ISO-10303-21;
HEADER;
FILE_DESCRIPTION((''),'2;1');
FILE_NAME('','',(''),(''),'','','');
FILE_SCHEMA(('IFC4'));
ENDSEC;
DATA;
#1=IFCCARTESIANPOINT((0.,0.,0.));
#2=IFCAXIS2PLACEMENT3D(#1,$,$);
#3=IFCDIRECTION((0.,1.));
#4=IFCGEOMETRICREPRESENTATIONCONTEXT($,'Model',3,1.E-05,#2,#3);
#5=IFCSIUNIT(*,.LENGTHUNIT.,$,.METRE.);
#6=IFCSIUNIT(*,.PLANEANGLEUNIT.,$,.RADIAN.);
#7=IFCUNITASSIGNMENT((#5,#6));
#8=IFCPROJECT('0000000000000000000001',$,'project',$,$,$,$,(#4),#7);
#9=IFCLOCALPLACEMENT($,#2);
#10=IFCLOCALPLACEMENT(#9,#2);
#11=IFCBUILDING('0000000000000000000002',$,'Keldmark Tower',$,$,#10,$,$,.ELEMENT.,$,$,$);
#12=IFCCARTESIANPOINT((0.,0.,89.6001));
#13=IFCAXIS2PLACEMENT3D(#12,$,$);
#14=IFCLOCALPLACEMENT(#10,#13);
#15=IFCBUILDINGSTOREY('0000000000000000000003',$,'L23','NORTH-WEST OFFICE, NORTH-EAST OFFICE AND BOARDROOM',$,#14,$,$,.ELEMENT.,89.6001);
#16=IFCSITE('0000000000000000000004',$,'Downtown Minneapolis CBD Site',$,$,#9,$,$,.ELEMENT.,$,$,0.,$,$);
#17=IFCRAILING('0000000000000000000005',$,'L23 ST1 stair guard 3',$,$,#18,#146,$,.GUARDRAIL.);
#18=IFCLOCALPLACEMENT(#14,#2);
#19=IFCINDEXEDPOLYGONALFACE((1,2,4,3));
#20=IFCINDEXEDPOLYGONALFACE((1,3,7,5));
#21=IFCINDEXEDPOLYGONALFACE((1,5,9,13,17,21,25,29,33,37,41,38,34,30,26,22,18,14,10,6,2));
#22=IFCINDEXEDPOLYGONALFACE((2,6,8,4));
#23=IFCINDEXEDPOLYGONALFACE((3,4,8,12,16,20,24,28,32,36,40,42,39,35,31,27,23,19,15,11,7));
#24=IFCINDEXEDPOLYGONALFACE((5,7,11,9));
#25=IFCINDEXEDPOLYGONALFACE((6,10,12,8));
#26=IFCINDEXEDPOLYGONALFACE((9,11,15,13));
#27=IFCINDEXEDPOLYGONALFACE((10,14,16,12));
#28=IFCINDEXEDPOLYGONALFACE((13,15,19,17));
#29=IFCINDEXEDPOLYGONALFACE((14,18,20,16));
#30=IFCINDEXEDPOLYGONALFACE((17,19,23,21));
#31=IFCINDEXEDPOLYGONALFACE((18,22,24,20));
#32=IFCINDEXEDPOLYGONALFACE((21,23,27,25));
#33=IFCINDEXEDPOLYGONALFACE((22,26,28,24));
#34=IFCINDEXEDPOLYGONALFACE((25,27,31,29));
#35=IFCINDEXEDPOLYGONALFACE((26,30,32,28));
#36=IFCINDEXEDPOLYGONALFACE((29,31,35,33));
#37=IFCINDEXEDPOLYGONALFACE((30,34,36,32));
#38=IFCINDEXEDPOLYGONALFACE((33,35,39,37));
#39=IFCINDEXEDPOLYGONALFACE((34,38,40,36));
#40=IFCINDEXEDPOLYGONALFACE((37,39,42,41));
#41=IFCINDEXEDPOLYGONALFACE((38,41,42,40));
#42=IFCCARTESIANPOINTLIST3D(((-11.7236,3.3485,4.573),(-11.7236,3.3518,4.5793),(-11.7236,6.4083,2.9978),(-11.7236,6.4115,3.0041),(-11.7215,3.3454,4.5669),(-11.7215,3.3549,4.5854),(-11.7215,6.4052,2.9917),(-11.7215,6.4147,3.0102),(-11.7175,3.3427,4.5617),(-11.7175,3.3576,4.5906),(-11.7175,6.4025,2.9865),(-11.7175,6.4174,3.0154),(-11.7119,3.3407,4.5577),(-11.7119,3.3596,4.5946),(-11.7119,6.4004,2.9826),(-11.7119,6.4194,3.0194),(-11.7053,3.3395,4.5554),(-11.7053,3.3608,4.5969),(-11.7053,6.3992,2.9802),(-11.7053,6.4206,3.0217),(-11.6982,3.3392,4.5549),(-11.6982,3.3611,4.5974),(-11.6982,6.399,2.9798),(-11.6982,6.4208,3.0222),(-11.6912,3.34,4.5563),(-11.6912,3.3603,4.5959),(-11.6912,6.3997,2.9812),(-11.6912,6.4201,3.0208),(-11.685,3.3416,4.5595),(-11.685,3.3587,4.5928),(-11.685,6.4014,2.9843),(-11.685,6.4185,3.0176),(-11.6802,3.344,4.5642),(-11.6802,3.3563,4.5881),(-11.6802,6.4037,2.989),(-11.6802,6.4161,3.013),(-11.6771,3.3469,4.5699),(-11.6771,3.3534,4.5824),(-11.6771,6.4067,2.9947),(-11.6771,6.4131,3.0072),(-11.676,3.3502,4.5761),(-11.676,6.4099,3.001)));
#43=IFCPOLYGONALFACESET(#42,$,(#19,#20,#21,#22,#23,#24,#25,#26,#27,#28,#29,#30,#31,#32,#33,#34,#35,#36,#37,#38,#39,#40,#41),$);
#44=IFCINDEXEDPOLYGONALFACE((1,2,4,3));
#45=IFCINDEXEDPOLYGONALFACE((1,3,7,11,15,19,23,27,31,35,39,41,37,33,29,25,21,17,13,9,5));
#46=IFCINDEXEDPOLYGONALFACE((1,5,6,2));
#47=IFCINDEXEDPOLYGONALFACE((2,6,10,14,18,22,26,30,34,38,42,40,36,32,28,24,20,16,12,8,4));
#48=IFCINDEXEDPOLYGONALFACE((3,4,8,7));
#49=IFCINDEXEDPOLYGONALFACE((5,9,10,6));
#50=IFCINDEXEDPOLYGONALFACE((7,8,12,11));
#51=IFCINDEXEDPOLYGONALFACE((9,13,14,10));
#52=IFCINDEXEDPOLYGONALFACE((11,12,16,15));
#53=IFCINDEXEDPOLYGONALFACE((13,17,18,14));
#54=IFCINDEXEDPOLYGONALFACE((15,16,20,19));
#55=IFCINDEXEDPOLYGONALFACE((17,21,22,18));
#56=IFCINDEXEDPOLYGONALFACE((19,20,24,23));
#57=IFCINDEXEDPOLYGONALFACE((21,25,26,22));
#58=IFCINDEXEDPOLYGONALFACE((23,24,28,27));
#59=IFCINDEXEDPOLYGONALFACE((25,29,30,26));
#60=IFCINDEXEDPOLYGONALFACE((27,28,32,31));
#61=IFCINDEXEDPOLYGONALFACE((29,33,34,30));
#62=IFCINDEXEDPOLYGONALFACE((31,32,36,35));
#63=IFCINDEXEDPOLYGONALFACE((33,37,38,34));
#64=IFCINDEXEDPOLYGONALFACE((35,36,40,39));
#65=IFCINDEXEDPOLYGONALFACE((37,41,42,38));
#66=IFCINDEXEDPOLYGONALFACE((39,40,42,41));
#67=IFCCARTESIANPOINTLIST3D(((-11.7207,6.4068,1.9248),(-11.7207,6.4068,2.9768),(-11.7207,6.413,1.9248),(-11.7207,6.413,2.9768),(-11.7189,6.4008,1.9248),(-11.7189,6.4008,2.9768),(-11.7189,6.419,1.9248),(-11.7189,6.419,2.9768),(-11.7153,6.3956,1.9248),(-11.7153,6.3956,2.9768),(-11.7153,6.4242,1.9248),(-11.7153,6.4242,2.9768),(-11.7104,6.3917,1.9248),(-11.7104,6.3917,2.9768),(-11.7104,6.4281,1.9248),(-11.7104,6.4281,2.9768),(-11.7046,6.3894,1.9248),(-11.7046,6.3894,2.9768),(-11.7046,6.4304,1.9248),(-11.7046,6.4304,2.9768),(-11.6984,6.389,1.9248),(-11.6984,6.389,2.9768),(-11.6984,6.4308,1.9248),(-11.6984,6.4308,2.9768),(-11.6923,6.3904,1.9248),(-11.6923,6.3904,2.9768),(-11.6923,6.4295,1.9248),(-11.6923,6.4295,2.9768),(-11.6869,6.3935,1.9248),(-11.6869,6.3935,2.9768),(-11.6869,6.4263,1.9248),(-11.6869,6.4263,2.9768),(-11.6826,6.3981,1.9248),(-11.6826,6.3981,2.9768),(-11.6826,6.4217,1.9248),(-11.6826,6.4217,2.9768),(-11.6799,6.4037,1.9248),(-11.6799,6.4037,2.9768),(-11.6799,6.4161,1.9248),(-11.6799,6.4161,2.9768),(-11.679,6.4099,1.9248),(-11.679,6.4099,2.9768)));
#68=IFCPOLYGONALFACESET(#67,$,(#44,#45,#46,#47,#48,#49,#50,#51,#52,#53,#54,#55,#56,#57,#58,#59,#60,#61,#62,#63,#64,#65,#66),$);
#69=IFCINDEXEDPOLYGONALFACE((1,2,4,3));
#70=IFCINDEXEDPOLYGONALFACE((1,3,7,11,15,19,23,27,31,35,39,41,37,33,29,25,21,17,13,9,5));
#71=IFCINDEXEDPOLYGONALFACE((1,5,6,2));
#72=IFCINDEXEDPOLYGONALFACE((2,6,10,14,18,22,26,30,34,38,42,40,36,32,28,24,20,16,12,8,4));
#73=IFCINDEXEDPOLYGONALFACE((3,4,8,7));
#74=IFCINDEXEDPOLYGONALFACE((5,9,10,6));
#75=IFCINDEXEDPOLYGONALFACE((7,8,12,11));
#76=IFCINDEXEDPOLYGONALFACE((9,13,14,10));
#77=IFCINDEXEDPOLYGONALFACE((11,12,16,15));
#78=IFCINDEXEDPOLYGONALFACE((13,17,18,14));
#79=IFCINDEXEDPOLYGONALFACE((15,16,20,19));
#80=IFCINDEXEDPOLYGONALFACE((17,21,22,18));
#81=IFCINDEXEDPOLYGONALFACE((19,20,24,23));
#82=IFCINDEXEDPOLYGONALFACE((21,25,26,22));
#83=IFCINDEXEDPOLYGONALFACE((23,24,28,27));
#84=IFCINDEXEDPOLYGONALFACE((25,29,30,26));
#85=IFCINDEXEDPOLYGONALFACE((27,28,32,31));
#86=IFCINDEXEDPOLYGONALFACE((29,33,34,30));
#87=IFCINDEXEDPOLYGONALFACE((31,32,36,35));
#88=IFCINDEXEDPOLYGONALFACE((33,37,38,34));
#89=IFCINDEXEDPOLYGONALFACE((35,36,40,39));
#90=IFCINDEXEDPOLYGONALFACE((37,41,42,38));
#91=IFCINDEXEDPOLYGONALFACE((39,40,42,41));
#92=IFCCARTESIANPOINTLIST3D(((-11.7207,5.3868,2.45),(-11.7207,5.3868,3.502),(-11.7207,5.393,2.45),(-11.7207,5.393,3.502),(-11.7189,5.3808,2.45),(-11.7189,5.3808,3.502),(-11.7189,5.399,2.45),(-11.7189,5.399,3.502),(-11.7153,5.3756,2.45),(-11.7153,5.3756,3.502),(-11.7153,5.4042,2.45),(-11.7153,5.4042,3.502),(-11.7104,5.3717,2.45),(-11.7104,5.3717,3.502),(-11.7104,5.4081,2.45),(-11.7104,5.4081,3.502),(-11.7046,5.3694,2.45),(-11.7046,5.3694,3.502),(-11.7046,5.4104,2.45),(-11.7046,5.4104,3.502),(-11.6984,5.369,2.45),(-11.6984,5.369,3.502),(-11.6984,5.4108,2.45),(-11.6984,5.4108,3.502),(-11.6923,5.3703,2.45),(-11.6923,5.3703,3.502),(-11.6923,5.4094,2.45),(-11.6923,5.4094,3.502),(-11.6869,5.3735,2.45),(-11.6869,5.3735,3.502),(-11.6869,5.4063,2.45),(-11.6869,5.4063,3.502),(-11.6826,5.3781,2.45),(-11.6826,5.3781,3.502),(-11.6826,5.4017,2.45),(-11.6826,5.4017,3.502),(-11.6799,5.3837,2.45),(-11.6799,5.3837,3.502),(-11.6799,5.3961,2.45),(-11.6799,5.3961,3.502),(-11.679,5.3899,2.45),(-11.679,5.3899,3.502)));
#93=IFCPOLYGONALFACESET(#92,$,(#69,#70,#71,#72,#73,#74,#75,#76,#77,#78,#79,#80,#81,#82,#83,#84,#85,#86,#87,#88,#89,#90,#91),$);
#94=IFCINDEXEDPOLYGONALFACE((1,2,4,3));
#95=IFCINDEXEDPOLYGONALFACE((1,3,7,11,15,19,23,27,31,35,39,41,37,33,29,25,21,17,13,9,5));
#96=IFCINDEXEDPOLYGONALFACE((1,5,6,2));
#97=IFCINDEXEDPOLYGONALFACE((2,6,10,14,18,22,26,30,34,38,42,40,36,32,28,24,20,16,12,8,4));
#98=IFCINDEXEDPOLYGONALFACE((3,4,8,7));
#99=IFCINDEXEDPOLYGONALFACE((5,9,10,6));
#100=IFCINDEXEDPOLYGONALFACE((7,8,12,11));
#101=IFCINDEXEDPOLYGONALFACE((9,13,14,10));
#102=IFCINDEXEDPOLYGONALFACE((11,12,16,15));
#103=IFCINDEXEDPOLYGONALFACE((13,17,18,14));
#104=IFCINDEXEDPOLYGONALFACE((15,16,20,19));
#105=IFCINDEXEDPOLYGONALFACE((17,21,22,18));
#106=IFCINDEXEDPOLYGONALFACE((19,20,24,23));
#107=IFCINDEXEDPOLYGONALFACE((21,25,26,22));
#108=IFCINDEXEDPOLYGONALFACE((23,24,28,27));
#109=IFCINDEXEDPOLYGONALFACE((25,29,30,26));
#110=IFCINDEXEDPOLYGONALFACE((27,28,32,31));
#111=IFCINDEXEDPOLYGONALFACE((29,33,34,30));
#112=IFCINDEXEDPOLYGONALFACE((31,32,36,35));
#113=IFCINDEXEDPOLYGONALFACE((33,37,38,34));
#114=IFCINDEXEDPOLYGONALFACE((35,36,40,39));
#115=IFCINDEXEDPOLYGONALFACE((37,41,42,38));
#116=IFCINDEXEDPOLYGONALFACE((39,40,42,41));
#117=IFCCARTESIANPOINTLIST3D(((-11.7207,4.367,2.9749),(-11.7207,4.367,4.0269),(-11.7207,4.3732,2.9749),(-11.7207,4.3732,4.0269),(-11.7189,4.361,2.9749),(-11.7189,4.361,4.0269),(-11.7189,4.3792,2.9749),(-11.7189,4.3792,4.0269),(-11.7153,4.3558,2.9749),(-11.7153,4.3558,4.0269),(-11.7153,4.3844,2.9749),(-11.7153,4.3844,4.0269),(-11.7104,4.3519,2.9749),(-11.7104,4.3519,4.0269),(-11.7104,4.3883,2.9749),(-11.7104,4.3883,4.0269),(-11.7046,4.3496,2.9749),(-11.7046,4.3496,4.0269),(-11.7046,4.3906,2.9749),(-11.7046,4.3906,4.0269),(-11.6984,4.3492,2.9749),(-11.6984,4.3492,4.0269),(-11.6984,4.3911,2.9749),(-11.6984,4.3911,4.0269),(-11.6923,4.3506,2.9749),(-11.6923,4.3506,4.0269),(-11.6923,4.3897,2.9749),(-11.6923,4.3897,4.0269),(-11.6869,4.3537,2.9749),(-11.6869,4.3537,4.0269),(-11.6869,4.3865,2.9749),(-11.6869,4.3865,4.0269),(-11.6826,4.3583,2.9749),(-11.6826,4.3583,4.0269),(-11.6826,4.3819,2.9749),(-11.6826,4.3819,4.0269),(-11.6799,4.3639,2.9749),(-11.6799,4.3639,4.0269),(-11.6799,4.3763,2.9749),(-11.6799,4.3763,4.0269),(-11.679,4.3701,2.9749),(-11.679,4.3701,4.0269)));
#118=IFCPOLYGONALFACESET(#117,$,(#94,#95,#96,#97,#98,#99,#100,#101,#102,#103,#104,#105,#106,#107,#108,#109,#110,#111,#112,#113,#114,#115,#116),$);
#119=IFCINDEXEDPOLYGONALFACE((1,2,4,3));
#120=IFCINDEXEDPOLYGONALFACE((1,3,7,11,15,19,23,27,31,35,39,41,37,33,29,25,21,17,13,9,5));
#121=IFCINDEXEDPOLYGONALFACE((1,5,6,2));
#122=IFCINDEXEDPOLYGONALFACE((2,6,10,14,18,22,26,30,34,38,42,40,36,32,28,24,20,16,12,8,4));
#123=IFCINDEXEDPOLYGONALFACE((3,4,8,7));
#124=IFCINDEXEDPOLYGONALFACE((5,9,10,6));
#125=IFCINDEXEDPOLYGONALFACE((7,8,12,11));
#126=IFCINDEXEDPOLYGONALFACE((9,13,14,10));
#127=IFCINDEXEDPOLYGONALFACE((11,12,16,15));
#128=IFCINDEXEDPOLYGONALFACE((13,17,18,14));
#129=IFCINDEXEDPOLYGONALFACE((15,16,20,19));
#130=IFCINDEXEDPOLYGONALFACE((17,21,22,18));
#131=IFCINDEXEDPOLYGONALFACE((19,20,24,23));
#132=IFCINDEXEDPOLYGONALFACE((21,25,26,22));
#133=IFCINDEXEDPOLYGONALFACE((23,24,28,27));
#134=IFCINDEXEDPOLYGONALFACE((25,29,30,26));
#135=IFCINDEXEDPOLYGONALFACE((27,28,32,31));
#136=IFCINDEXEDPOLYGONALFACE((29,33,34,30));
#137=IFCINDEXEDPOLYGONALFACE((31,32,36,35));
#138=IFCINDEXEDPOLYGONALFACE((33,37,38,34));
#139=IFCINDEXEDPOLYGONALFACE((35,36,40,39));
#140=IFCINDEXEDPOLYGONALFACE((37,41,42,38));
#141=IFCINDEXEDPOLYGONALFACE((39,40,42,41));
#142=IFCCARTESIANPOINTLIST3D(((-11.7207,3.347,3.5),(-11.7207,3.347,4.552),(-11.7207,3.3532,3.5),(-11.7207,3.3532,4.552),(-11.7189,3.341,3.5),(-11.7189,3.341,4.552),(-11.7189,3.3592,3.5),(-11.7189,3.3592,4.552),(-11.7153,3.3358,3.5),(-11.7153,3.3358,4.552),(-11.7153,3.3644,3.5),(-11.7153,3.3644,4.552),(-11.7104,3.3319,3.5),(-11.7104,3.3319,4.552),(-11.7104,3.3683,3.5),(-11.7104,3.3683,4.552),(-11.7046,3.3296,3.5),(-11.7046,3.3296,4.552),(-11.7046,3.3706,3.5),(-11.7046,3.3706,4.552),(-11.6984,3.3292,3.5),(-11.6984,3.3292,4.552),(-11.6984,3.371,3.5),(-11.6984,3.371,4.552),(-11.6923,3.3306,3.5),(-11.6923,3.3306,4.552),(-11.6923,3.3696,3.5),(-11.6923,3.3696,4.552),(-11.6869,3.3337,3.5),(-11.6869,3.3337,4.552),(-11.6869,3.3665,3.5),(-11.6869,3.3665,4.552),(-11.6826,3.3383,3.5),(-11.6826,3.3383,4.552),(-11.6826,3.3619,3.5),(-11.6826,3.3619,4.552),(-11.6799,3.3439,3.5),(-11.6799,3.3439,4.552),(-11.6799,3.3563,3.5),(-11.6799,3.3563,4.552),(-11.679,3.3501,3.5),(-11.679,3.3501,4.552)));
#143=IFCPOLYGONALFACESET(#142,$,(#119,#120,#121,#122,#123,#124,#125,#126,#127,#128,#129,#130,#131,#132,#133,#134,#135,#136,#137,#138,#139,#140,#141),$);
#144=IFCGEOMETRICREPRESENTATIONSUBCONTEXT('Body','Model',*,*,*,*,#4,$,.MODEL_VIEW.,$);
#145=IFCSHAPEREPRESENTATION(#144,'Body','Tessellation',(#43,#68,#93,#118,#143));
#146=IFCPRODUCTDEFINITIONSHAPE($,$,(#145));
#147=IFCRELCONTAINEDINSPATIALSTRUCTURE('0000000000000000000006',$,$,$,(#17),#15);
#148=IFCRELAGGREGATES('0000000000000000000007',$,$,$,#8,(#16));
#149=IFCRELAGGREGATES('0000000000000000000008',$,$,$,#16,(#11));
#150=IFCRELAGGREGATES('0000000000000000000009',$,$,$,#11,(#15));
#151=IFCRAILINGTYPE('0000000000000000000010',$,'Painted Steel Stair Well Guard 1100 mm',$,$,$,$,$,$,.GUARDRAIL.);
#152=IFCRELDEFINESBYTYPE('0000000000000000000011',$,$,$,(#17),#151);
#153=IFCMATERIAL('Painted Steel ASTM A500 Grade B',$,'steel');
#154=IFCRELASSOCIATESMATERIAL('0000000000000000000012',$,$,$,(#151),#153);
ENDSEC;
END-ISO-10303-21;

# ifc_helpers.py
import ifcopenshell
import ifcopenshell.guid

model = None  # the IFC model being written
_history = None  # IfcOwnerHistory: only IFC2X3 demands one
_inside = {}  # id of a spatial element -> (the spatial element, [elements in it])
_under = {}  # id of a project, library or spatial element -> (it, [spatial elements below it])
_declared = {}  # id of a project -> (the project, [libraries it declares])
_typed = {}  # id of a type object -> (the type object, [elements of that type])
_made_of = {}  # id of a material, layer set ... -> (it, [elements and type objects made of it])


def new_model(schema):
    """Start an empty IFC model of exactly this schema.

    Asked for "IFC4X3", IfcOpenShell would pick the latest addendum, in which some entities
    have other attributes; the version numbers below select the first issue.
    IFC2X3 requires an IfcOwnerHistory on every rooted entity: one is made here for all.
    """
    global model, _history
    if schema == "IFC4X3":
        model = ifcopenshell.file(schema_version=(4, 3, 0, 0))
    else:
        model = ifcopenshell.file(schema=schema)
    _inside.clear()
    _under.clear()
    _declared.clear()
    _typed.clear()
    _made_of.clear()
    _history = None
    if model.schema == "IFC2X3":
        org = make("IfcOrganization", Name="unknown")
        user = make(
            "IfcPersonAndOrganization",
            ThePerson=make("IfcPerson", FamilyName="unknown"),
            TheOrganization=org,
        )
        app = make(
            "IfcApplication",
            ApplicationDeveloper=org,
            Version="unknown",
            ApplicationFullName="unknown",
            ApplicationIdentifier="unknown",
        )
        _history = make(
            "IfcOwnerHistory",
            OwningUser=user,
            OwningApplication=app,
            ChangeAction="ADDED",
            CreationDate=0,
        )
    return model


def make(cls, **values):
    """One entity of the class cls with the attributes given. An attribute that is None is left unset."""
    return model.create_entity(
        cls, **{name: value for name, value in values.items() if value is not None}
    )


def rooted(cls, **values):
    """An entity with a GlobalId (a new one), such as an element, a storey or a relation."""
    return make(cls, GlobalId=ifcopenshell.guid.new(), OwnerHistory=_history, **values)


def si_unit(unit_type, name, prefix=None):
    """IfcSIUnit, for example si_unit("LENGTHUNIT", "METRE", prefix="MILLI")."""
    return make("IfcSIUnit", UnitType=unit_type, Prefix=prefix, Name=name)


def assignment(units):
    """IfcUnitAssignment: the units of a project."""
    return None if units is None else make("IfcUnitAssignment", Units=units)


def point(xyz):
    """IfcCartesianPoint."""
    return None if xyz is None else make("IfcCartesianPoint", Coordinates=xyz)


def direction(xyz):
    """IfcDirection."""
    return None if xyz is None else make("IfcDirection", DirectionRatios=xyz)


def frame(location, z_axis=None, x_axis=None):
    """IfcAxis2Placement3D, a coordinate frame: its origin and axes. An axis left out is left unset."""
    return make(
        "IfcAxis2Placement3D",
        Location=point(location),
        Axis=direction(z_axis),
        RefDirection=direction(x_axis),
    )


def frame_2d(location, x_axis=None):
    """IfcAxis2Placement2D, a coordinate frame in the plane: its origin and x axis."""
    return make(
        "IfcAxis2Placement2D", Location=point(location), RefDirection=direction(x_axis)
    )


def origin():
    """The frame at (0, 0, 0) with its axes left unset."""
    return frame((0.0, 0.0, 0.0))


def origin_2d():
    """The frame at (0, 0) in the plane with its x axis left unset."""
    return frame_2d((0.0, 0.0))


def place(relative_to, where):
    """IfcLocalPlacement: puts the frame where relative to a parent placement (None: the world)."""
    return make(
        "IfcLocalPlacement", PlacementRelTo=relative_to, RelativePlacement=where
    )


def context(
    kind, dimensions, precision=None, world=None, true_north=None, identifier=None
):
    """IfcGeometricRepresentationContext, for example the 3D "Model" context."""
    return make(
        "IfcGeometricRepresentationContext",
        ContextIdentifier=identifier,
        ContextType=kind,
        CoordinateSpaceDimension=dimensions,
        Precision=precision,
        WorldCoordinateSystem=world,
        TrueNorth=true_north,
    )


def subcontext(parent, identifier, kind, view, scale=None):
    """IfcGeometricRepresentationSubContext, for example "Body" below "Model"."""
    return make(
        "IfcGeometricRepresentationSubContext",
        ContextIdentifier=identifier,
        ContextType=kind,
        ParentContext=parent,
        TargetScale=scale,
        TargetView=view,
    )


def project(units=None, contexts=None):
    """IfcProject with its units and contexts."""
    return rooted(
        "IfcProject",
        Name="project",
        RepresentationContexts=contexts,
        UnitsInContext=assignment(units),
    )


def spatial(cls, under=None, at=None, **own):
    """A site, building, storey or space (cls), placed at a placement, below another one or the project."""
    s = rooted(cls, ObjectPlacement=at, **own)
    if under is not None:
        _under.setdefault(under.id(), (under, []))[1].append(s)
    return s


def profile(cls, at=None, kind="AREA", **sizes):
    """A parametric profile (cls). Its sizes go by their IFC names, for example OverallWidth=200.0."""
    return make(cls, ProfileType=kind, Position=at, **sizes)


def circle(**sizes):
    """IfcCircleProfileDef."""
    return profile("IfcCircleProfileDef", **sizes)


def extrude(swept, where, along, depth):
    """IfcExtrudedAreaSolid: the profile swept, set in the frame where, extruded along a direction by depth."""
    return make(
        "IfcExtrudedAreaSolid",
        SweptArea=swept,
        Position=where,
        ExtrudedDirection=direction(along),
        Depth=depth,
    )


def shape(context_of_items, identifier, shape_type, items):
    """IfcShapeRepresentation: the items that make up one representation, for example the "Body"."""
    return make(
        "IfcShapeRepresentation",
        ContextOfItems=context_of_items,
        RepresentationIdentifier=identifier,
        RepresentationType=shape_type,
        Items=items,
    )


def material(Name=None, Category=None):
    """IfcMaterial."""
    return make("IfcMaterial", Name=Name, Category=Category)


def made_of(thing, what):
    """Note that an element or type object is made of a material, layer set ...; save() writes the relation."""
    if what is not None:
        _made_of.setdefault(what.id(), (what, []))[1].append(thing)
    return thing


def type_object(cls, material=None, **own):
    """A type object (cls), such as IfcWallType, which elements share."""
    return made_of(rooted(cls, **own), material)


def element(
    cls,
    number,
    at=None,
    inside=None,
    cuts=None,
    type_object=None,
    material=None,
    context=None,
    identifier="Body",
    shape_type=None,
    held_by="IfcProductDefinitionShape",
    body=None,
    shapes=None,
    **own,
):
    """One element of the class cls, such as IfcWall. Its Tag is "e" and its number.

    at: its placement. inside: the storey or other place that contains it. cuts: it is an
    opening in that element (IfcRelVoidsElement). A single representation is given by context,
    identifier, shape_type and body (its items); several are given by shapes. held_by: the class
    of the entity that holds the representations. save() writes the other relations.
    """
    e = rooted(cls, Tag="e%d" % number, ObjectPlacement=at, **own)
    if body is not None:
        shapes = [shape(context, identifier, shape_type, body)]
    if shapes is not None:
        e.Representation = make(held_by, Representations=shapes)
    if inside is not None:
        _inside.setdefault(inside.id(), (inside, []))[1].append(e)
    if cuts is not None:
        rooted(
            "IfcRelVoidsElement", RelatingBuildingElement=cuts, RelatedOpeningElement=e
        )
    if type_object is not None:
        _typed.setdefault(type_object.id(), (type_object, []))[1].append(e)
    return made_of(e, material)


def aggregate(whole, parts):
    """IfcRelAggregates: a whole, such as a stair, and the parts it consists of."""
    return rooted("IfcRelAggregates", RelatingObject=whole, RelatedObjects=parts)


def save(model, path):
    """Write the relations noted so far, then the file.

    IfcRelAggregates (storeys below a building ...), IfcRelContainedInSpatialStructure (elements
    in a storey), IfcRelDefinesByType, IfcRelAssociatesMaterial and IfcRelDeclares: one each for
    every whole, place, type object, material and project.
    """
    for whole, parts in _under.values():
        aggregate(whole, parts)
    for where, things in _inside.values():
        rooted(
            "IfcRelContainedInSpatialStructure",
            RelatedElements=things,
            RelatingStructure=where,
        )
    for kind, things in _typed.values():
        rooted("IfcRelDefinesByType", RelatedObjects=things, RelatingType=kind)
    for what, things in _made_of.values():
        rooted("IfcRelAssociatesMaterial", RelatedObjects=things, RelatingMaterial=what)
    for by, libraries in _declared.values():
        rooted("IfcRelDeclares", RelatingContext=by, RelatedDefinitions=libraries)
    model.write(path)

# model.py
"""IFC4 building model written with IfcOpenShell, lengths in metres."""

from ifc_helpers import new_model, si_unit, direction, frame, origin, origin_2d, place, context, subcontext, project, spatial, circle, extrude, material, type_object, element, save


model = new_model("IFC4")

# Units and contexts
model_context = context("Model", 3, precision=1e-05, world=origin(), true_north=direction((0.0, 1.0)))
body_context = subcontext(model_context, "Body", "Model", "MODEL_VIEW")
ifc_project = project(units=[si_unit("LENGTHUNIT", "METRE"), si_unit("PLANEANGLEUNIT", "RADIAN")], contexts=[model_context])

# Site, building, storey
site_placement = place(None, origin())
site = spatial("IfcSite", under=ifc_project, at=site_placement, Name="Downtown Minneapolis CBD Site", CompositionType="ELEMENT", RefElevation=0.0)
building_placement = place(site_placement, origin())
building = spatial("IfcBuilding", under=site, at=building_placement, Name="Keldmark Tower", CompositionType="ELEMENT")
storey_placement = place(building_placement, frame((0.0, 0.0, 89.6001)))
storey = spatial("IfcBuildingStorey", under=building, at=storey_placement, Name="L23", Description="NORTH-WEST OFFICE, NORTH-EAST OFFICE AND BOARDROOM", CompositionType="ELEMENT", Elevation=89.6001)

# Railing
ifc_material_1 = material(Name="Painted Steel ASTM A500 Grade B", Category="steel")
railing_type_1 = type_object("IfcRailingType", Name="Painted Steel Stair Well Guard 1100 mm", PredefinedType="GUARDRAIL", material=ifc_material_1)
railing_1_placement = place(storey_placement, frame((-11.7, 6.4099, 1.9248)))
element("IfcRailing", 1, at=railing_1_placement, inside=storey, type_object=railing_type_1, Name="L23 ST1 stair guard 3", PredefinedType="GUARDRAIL", context=body_context, shape_type="SweptSolid", body=[
    extrude(circle(Radius=0.0239, at=origin_2d()), frame((0.0, 0.0, 1.0762), z_axis=(0.0, -0.889101, 0.45771), x_axis=(1.0, 0.0, 0.0)), (0.0, 0.0, 1.0), 3.4414),
    extrude(circle(Radius=0.021, at=origin_2d()), origin(), (0.0, 0.0, 1.0), 1.052),
    extrude(circle(Radius=0.021, at=origin_2d()), frame((0.0, -1.02, 0.5251)), (0.0, 0.0, 1.0), 1.052),
    extrude(circle(Radius=0.021, at=origin_2d()), frame((0.0, -2.0398, 1.05)), (0.0, 0.0, 1.0), 1.052),
    extrude(circle(Radius=0.021, at=origin_2d()), frame((0.0, -3.0598, 1.5752)), (0.0, 0.0, 1.0), 1.052),
])

save(model, "model.ifc")
